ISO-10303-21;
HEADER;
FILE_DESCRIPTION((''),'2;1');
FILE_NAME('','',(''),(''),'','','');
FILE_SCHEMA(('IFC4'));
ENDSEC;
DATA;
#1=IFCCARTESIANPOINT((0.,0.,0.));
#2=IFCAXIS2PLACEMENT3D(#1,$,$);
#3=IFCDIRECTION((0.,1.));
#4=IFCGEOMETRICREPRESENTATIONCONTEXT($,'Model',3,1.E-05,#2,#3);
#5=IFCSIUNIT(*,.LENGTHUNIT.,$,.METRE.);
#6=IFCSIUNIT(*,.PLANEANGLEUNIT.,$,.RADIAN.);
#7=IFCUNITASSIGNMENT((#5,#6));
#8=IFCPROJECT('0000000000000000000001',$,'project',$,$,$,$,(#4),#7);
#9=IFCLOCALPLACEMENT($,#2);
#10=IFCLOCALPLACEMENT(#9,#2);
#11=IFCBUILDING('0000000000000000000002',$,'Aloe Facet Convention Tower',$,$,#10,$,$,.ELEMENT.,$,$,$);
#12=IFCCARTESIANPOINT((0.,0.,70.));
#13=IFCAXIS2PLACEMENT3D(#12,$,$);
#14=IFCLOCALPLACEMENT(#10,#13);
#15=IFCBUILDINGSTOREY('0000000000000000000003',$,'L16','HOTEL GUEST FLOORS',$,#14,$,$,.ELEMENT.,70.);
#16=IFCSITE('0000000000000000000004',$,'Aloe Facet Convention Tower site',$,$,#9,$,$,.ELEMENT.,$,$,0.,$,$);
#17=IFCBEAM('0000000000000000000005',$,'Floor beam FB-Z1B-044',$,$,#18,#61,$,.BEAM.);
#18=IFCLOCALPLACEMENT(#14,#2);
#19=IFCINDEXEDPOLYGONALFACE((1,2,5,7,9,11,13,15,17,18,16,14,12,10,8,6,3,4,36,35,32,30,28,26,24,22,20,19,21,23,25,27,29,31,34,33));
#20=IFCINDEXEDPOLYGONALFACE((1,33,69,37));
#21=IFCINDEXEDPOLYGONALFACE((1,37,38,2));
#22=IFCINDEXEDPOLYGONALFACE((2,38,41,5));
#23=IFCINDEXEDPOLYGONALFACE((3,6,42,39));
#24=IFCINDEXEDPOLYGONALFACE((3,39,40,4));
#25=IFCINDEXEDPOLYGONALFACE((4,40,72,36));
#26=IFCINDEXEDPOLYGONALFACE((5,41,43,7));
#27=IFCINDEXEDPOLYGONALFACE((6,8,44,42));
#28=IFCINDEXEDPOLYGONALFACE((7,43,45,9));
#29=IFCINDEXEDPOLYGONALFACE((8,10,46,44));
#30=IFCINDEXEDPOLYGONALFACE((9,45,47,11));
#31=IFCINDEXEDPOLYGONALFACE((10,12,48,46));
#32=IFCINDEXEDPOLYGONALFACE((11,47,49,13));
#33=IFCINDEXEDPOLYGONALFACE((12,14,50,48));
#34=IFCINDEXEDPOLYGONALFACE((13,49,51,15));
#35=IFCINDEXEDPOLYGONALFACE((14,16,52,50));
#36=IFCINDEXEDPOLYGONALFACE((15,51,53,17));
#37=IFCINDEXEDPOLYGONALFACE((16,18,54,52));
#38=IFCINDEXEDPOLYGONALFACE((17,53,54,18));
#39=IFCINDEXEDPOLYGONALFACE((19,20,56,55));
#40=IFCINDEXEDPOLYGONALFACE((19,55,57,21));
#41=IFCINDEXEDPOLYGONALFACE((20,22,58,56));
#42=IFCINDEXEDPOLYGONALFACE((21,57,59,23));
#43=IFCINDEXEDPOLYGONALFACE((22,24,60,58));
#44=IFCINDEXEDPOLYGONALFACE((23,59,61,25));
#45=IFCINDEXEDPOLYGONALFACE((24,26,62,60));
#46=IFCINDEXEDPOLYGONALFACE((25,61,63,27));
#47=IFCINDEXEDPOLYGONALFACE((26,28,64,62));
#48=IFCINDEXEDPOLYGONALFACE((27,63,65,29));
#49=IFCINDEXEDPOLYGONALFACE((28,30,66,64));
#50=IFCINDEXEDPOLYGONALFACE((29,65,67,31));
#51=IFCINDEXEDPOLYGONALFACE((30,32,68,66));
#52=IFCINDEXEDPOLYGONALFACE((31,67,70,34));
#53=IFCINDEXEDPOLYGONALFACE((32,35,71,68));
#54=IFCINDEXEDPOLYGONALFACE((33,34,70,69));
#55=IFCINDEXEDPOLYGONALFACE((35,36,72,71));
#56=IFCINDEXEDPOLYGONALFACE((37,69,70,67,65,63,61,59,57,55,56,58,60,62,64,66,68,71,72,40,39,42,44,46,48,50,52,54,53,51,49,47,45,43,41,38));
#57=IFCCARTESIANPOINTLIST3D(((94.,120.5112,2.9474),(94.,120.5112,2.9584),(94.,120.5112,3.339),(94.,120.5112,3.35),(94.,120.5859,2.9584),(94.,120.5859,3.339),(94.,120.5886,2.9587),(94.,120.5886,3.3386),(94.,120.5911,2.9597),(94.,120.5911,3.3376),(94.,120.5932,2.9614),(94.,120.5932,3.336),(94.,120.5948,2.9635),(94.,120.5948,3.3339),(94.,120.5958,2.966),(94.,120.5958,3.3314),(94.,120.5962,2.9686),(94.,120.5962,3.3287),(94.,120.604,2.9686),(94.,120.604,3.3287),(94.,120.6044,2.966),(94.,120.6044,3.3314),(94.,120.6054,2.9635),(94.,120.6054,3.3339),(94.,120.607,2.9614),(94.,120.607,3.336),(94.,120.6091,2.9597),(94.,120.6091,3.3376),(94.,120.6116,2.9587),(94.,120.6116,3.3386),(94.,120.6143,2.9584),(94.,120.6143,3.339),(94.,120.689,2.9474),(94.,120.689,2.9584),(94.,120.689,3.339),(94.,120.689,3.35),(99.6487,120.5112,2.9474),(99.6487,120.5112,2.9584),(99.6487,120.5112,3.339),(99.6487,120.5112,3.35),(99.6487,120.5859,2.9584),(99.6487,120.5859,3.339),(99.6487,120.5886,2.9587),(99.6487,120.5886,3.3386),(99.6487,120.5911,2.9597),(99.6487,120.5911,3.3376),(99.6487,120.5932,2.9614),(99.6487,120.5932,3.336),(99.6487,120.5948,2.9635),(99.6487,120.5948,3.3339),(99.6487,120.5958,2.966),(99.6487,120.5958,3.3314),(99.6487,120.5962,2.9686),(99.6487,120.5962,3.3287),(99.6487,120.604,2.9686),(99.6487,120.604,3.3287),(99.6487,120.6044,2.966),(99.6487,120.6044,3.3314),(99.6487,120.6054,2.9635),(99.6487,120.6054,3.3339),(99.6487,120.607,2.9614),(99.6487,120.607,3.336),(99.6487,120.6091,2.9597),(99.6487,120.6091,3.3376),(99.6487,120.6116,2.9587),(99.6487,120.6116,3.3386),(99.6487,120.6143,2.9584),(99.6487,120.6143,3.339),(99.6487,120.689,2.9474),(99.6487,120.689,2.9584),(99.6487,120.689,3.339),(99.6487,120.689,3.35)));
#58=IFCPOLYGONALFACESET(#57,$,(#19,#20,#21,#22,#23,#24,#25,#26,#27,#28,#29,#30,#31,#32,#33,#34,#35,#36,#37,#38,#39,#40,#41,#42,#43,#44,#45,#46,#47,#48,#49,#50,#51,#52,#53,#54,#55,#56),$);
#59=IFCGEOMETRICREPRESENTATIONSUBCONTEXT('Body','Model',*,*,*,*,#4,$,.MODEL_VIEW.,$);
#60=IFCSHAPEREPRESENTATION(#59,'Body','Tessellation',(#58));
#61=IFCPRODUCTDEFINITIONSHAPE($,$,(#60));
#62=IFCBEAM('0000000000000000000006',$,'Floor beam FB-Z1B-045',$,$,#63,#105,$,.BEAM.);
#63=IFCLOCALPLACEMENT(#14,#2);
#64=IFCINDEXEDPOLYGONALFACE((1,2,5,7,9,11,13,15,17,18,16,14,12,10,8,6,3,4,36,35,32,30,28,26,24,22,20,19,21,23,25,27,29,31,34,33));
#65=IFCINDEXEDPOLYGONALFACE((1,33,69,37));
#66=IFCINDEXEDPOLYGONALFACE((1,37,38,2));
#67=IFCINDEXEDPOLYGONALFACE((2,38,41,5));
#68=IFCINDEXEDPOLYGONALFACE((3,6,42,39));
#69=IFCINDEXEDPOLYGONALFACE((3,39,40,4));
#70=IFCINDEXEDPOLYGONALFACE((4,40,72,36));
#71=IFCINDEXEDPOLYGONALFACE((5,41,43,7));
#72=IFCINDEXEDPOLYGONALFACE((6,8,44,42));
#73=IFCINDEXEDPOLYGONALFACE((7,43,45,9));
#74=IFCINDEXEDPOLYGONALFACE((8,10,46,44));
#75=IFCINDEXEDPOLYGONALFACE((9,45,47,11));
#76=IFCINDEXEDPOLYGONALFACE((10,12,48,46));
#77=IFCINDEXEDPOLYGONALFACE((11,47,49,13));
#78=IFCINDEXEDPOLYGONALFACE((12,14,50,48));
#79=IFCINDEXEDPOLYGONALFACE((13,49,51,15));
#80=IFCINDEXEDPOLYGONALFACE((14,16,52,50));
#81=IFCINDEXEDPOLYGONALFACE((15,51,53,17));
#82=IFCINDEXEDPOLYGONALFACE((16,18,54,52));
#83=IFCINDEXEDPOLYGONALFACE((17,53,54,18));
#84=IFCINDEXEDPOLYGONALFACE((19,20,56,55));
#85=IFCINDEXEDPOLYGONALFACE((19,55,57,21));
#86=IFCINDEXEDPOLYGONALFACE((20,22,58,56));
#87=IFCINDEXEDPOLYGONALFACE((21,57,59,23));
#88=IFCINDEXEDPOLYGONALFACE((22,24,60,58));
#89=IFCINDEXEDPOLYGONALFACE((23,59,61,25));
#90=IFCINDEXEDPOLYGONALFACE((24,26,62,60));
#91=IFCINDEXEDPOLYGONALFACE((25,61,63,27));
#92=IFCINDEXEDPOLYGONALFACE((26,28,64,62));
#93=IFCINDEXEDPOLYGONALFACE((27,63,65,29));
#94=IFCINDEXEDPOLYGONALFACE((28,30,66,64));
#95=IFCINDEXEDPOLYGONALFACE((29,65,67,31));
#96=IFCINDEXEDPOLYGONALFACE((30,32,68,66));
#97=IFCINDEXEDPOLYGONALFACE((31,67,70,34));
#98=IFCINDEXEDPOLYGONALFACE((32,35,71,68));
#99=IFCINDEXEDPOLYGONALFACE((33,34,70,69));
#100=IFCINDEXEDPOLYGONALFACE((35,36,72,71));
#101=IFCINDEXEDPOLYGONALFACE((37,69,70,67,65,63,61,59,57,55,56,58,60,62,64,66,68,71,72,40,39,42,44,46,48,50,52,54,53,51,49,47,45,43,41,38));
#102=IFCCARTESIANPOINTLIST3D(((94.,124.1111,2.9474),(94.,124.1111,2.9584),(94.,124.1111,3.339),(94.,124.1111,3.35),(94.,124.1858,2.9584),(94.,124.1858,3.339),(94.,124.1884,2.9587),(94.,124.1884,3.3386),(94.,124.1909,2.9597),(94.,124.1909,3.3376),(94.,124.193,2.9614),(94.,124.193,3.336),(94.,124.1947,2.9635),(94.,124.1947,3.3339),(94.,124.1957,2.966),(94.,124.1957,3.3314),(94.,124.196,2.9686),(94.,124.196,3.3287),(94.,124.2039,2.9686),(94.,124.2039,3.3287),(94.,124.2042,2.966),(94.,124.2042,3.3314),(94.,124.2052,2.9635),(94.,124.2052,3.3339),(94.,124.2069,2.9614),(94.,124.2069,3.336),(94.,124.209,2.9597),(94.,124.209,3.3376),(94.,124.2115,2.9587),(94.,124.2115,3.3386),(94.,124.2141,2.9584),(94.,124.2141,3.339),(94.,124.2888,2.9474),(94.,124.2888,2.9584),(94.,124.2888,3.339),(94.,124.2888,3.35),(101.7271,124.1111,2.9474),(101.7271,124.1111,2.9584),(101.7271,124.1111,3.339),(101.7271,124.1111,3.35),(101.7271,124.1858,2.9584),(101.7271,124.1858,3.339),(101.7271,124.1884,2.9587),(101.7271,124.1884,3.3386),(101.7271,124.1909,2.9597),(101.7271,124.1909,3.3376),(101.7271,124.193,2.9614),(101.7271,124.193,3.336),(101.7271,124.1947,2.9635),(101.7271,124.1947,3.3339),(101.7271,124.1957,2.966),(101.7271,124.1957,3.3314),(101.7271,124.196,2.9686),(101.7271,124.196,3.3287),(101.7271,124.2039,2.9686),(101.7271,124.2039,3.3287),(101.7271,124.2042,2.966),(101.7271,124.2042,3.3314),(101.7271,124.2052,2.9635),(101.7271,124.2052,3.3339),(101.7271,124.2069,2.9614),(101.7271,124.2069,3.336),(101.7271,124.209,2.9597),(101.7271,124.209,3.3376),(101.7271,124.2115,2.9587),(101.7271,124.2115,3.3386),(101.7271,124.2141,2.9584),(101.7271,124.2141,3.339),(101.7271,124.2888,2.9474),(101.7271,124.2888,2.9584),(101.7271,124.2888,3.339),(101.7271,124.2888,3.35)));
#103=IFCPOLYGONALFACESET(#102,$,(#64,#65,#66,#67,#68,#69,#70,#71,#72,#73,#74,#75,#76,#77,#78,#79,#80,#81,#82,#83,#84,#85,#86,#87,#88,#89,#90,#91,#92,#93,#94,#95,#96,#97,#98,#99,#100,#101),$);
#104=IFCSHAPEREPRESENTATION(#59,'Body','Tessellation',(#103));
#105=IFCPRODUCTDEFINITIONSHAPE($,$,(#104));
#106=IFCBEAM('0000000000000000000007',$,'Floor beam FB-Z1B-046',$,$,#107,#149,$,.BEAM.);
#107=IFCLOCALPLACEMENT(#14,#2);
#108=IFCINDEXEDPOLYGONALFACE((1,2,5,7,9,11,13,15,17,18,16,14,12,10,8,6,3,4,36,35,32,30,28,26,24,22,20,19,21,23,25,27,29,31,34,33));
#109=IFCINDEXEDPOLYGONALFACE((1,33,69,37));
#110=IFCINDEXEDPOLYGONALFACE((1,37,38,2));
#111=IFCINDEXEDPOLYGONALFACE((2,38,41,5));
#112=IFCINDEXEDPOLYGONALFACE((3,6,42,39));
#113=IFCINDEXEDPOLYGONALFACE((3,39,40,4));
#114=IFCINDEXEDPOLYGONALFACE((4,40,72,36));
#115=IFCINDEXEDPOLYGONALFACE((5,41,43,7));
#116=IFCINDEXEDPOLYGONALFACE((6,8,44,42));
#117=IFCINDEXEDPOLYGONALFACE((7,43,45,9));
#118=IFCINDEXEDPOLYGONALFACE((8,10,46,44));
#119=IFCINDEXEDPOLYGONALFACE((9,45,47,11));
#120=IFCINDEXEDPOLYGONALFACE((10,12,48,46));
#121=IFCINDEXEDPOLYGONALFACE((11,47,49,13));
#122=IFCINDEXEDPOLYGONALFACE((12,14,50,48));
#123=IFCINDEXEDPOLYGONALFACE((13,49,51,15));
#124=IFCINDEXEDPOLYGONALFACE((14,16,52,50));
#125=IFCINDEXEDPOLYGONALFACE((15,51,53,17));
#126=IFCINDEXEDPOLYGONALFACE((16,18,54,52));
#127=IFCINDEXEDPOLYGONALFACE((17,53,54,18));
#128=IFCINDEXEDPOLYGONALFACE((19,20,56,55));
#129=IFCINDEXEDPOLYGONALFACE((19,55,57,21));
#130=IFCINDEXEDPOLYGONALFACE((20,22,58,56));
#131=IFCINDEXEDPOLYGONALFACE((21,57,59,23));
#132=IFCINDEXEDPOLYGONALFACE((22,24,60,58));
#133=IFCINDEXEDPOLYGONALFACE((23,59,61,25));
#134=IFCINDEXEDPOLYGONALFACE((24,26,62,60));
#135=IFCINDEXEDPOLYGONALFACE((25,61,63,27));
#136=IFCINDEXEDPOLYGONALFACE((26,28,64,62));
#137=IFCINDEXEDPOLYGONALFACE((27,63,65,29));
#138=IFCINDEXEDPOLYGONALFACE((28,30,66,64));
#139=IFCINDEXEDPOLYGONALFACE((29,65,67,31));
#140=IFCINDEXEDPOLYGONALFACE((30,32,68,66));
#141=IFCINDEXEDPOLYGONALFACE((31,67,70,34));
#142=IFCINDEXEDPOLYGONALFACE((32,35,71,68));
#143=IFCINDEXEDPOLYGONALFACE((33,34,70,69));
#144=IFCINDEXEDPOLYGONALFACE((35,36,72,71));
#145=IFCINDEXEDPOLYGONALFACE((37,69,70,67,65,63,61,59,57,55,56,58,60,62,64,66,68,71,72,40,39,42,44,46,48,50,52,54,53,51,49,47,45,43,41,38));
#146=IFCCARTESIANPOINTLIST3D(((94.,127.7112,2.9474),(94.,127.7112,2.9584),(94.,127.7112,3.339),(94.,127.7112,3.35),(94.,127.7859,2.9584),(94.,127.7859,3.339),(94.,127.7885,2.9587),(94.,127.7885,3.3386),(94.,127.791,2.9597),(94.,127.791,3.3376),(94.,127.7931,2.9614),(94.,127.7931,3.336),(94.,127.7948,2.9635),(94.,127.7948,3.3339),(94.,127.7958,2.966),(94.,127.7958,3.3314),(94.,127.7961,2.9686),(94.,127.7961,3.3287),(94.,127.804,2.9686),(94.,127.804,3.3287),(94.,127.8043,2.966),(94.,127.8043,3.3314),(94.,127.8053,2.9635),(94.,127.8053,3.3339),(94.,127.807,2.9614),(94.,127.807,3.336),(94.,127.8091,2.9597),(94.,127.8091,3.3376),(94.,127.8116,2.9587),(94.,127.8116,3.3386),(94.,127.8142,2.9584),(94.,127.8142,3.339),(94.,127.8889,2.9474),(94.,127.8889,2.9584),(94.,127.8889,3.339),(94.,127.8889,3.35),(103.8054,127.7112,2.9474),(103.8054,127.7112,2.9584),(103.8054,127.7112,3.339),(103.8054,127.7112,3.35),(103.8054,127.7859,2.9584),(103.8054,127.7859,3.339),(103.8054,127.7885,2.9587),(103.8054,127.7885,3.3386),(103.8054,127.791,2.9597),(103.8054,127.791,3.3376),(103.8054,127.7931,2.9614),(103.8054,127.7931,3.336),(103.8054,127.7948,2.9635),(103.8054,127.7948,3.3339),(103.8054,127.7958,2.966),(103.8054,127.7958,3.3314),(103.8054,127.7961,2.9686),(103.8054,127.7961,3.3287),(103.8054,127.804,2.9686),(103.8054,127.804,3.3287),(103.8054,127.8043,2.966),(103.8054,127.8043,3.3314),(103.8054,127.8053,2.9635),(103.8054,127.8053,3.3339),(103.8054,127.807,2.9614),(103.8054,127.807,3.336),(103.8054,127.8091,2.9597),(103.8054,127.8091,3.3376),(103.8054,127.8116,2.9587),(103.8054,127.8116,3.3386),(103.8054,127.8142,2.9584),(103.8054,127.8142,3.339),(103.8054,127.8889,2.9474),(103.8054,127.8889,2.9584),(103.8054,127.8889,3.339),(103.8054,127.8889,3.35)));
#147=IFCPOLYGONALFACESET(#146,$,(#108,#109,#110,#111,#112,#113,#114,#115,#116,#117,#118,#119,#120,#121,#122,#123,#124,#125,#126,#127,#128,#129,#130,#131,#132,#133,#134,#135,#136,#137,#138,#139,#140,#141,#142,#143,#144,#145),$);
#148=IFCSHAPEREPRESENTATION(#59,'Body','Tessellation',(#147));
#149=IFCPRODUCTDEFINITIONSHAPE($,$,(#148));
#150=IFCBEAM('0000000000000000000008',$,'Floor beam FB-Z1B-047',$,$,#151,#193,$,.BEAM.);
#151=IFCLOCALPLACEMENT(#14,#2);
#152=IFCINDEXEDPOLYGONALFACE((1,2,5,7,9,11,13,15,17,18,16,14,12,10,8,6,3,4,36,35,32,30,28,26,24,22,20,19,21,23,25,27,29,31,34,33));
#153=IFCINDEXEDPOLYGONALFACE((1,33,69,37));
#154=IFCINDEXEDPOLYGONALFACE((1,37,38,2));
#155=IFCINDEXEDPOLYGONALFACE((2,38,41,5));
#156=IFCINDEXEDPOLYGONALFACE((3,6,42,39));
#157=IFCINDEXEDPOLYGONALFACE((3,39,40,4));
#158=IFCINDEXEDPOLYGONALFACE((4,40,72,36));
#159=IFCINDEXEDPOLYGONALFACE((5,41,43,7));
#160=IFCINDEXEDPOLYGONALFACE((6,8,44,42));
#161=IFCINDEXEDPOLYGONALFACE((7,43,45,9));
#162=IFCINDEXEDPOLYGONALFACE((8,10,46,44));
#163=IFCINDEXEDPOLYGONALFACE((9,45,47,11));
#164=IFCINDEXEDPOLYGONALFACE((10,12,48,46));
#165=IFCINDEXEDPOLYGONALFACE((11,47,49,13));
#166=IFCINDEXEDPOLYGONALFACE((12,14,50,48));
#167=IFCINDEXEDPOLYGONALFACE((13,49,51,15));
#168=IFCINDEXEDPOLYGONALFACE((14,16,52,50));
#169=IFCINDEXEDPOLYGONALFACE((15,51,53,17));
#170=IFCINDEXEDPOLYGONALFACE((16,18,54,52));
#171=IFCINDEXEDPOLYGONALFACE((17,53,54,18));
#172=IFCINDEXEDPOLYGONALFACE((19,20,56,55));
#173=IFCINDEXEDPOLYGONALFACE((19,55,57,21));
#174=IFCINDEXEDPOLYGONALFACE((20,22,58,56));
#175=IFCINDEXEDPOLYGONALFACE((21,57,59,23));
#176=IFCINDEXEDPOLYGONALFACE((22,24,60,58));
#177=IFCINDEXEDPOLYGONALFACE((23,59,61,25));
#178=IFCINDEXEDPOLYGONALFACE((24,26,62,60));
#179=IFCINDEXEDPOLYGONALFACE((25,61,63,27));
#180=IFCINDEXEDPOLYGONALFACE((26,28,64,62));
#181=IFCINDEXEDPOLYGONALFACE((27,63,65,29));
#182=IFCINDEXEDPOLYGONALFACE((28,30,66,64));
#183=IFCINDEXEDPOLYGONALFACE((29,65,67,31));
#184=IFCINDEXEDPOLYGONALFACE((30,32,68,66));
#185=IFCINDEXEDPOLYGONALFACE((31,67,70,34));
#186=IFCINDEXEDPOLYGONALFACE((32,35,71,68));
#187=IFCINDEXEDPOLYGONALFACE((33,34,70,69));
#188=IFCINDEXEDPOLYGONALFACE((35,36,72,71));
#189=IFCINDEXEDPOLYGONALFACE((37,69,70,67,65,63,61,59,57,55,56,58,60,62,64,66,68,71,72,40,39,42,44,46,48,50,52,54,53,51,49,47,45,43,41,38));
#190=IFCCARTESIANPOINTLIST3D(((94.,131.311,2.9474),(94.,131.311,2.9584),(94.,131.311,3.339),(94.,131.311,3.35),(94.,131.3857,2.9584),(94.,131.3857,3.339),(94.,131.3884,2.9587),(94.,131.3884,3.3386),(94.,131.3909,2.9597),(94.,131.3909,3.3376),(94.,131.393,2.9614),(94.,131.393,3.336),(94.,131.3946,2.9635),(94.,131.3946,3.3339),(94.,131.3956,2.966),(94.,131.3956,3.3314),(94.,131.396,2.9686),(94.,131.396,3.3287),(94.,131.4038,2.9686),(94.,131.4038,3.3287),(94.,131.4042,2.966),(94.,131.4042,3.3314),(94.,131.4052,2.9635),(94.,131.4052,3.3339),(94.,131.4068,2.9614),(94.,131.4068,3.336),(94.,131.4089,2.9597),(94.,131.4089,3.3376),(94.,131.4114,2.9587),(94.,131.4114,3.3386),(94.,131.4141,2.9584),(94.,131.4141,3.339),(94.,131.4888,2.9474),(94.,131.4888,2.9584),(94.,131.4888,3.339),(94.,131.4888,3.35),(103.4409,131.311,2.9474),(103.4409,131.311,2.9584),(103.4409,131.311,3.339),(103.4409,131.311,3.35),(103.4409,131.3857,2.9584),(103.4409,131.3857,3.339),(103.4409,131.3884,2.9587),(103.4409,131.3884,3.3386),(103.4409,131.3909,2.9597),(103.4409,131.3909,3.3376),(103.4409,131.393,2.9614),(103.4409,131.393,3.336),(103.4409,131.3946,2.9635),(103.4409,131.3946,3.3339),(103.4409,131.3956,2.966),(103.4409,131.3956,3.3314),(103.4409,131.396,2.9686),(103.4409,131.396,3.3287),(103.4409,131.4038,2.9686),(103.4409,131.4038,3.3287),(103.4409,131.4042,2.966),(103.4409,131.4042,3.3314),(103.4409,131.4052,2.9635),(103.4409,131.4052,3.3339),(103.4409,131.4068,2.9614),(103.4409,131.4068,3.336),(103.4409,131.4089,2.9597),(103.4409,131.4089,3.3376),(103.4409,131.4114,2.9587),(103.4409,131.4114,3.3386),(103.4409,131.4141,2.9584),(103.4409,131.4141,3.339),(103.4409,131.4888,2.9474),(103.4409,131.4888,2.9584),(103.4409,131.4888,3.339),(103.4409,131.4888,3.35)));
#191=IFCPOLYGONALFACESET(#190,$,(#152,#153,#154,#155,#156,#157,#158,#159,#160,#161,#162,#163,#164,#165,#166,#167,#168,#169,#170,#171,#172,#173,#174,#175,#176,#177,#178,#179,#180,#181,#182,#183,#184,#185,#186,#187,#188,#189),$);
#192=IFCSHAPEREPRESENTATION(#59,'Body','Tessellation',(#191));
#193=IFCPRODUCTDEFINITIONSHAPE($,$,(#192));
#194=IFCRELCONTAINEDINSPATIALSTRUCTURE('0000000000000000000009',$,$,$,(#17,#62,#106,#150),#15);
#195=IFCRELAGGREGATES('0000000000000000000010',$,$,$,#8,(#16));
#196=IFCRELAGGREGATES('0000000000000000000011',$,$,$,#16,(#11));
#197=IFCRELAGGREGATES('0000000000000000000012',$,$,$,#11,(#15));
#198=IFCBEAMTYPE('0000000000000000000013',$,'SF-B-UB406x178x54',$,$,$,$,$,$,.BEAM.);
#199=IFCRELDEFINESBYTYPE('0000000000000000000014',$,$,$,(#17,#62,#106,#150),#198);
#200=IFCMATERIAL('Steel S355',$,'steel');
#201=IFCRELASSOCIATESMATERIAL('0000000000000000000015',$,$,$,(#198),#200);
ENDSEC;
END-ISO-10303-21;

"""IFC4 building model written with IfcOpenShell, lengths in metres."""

from ifc_helpers import new_model, si_unit, direction, frame, origin, origin_2d, place, context, subcontext, project, spatial, i_section, extrude, material, material_profile, profile_set, type_object, element, save


model = new_model("IFC4")

# Units and contexts
model_context = context("Model", 3, precision=1e-05, world=origin(), true_north=direction((0.0, 1.0)))
body_context = subcontext(model_context, "Body", "Model", "MODEL_VIEW")
ifc_project = project(units=[si_unit("LENGTHUNIT", "METRE"), si_unit("PLANEANGLEUNIT", "RADIAN")], contexts=[model_context])

# Site, building, storey
site_placement = place(None, origin())
site = spatial("IfcSite", under=ifc_project, at=site_placement, Name="Aloe Facet Convention Tower site", CompositionType="ELEMENT", RefElevation=0.0)
building_placement = place(site_placement, origin())
building = spatial("IfcBuilding", under=site, at=building_placement, Name="Aloe Facet Convention Tower", CompositionType="ELEMENT")
storey_placement = place(building_placement, frame((0.0, 0.0, 70.0)))
storey = spatial("IfcBuildingStorey", under=building, at=storey_placement, Name="L16", Description="HOTEL GUEST FLOORS", CompositionType="ELEMENT", Elevation=70.0)

# Beams
ifc_material_1 = material(Name="Steel S355", Category="steel")
ifc_material_profile = material_profile(ifc_material_1, i_section(OverallWidth=0.1777, OverallDepth=0.4026, WebThickness=0.0078, FlangeThickness=0.011, FilletRadius=0.0103, at=origin_2d()), Name="UB 406x178x54")
ifc_profile_set = profile_set([ifc_material_profile], Name="Steel S355")
beam_type = type_object("IfcBeamType", Name="SF-B-UB406x178x54", PredefinedType="BEAM", material=ifc_profile_set)
beam_1_placement = place(storey_placement, frame((94.0, 120.6001, 3.1487), z_axis=(1.0, 0.0, 0.0), x_axis=(0.0, 1.0, 0.0)))
element("IfcBeam", 1, at=beam_1_placement, inside=storey, type_object=beam_type, Name="Floor beam FB-Z1B-044", PredefinedType="BEAM", context=body_context, shape_type="SweptSolid", body=[
    extrude(i_section(OverallWidth=0.1777, OverallDepth=0.4026, WebThickness=0.0078, FlangeThickness=0.011, FilletRadius=0.0103, at=origin_2d()), origin(), (0.0, 0.0, 1.0), 5.6487),
])
beam_2_placement = place(storey_placement, frame((94.0, 124.2, 3.1487), z_axis=(1.0, 0.0, 0.0), x_axis=(0.0, 1.0, 0.0)))
element("IfcBeam", 2, at=beam_2_placement, inside=storey, type_object=beam_type, Name="Floor beam FB-Z1B-045", PredefinedType="BEAM", context=body_context, shape_type="SweptSolid", body=[
    extrude(i_section(OverallWidth=0.1777, OverallDepth=0.4026, WebThickness=0.0078, FlangeThickness=0.011, FilletRadius=0.0103, at=origin_2d()), origin(), (0.0, 0.0, 1.0), 7.7271),
])
beam_3_placement = place(storey_placement, frame((94.0, 127.8, 3.1487), z_axis=(1.0, 0.0, 0.0), x_axis=(0.0, 1.0, 0.0)))
element("IfcBeam", 3, at=beam_3_placement, inside=storey, type_object=beam_type, Name="Floor beam FB-Z1B-046", PredefinedType="BEAM", context=body_context, shape_type="SweptSolid", body=[
    extrude(i_section(OverallWidth=0.1777, OverallDepth=0.4026, WebThickness=0.0078, FlangeThickness=0.011, FilletRadius=0.0103, at=origin_2d()), origin(), (0.0, 0.0, 1.0), 9.8054),
])
beam_4_placement = place(storey_placement, frame((94.0, 131.3999, 3.1487), z_axis=(1.0, 0.0, 0.0), x_axis=(0.0, 1.0, 0.0)))
element("IfcBeam", 4, at=beam_4_placement, inside=storey, type_object=beam_type, Name="Floor beam FB-Z1B-047", PredefinedType="BEAM", context=body_context, shape_type="SweptSolid", body=[
    extrude(i_section(OverallWidth=0.1777, OverallDepth=0.4026, WebThickness=0.0078, FlangeThickness=0.011, FilletRadius=0.0103, at=origin_2d()), origin(), (0.0, 0.0, 1.0), 9.4409),
])

save(model, "model.ifc")
